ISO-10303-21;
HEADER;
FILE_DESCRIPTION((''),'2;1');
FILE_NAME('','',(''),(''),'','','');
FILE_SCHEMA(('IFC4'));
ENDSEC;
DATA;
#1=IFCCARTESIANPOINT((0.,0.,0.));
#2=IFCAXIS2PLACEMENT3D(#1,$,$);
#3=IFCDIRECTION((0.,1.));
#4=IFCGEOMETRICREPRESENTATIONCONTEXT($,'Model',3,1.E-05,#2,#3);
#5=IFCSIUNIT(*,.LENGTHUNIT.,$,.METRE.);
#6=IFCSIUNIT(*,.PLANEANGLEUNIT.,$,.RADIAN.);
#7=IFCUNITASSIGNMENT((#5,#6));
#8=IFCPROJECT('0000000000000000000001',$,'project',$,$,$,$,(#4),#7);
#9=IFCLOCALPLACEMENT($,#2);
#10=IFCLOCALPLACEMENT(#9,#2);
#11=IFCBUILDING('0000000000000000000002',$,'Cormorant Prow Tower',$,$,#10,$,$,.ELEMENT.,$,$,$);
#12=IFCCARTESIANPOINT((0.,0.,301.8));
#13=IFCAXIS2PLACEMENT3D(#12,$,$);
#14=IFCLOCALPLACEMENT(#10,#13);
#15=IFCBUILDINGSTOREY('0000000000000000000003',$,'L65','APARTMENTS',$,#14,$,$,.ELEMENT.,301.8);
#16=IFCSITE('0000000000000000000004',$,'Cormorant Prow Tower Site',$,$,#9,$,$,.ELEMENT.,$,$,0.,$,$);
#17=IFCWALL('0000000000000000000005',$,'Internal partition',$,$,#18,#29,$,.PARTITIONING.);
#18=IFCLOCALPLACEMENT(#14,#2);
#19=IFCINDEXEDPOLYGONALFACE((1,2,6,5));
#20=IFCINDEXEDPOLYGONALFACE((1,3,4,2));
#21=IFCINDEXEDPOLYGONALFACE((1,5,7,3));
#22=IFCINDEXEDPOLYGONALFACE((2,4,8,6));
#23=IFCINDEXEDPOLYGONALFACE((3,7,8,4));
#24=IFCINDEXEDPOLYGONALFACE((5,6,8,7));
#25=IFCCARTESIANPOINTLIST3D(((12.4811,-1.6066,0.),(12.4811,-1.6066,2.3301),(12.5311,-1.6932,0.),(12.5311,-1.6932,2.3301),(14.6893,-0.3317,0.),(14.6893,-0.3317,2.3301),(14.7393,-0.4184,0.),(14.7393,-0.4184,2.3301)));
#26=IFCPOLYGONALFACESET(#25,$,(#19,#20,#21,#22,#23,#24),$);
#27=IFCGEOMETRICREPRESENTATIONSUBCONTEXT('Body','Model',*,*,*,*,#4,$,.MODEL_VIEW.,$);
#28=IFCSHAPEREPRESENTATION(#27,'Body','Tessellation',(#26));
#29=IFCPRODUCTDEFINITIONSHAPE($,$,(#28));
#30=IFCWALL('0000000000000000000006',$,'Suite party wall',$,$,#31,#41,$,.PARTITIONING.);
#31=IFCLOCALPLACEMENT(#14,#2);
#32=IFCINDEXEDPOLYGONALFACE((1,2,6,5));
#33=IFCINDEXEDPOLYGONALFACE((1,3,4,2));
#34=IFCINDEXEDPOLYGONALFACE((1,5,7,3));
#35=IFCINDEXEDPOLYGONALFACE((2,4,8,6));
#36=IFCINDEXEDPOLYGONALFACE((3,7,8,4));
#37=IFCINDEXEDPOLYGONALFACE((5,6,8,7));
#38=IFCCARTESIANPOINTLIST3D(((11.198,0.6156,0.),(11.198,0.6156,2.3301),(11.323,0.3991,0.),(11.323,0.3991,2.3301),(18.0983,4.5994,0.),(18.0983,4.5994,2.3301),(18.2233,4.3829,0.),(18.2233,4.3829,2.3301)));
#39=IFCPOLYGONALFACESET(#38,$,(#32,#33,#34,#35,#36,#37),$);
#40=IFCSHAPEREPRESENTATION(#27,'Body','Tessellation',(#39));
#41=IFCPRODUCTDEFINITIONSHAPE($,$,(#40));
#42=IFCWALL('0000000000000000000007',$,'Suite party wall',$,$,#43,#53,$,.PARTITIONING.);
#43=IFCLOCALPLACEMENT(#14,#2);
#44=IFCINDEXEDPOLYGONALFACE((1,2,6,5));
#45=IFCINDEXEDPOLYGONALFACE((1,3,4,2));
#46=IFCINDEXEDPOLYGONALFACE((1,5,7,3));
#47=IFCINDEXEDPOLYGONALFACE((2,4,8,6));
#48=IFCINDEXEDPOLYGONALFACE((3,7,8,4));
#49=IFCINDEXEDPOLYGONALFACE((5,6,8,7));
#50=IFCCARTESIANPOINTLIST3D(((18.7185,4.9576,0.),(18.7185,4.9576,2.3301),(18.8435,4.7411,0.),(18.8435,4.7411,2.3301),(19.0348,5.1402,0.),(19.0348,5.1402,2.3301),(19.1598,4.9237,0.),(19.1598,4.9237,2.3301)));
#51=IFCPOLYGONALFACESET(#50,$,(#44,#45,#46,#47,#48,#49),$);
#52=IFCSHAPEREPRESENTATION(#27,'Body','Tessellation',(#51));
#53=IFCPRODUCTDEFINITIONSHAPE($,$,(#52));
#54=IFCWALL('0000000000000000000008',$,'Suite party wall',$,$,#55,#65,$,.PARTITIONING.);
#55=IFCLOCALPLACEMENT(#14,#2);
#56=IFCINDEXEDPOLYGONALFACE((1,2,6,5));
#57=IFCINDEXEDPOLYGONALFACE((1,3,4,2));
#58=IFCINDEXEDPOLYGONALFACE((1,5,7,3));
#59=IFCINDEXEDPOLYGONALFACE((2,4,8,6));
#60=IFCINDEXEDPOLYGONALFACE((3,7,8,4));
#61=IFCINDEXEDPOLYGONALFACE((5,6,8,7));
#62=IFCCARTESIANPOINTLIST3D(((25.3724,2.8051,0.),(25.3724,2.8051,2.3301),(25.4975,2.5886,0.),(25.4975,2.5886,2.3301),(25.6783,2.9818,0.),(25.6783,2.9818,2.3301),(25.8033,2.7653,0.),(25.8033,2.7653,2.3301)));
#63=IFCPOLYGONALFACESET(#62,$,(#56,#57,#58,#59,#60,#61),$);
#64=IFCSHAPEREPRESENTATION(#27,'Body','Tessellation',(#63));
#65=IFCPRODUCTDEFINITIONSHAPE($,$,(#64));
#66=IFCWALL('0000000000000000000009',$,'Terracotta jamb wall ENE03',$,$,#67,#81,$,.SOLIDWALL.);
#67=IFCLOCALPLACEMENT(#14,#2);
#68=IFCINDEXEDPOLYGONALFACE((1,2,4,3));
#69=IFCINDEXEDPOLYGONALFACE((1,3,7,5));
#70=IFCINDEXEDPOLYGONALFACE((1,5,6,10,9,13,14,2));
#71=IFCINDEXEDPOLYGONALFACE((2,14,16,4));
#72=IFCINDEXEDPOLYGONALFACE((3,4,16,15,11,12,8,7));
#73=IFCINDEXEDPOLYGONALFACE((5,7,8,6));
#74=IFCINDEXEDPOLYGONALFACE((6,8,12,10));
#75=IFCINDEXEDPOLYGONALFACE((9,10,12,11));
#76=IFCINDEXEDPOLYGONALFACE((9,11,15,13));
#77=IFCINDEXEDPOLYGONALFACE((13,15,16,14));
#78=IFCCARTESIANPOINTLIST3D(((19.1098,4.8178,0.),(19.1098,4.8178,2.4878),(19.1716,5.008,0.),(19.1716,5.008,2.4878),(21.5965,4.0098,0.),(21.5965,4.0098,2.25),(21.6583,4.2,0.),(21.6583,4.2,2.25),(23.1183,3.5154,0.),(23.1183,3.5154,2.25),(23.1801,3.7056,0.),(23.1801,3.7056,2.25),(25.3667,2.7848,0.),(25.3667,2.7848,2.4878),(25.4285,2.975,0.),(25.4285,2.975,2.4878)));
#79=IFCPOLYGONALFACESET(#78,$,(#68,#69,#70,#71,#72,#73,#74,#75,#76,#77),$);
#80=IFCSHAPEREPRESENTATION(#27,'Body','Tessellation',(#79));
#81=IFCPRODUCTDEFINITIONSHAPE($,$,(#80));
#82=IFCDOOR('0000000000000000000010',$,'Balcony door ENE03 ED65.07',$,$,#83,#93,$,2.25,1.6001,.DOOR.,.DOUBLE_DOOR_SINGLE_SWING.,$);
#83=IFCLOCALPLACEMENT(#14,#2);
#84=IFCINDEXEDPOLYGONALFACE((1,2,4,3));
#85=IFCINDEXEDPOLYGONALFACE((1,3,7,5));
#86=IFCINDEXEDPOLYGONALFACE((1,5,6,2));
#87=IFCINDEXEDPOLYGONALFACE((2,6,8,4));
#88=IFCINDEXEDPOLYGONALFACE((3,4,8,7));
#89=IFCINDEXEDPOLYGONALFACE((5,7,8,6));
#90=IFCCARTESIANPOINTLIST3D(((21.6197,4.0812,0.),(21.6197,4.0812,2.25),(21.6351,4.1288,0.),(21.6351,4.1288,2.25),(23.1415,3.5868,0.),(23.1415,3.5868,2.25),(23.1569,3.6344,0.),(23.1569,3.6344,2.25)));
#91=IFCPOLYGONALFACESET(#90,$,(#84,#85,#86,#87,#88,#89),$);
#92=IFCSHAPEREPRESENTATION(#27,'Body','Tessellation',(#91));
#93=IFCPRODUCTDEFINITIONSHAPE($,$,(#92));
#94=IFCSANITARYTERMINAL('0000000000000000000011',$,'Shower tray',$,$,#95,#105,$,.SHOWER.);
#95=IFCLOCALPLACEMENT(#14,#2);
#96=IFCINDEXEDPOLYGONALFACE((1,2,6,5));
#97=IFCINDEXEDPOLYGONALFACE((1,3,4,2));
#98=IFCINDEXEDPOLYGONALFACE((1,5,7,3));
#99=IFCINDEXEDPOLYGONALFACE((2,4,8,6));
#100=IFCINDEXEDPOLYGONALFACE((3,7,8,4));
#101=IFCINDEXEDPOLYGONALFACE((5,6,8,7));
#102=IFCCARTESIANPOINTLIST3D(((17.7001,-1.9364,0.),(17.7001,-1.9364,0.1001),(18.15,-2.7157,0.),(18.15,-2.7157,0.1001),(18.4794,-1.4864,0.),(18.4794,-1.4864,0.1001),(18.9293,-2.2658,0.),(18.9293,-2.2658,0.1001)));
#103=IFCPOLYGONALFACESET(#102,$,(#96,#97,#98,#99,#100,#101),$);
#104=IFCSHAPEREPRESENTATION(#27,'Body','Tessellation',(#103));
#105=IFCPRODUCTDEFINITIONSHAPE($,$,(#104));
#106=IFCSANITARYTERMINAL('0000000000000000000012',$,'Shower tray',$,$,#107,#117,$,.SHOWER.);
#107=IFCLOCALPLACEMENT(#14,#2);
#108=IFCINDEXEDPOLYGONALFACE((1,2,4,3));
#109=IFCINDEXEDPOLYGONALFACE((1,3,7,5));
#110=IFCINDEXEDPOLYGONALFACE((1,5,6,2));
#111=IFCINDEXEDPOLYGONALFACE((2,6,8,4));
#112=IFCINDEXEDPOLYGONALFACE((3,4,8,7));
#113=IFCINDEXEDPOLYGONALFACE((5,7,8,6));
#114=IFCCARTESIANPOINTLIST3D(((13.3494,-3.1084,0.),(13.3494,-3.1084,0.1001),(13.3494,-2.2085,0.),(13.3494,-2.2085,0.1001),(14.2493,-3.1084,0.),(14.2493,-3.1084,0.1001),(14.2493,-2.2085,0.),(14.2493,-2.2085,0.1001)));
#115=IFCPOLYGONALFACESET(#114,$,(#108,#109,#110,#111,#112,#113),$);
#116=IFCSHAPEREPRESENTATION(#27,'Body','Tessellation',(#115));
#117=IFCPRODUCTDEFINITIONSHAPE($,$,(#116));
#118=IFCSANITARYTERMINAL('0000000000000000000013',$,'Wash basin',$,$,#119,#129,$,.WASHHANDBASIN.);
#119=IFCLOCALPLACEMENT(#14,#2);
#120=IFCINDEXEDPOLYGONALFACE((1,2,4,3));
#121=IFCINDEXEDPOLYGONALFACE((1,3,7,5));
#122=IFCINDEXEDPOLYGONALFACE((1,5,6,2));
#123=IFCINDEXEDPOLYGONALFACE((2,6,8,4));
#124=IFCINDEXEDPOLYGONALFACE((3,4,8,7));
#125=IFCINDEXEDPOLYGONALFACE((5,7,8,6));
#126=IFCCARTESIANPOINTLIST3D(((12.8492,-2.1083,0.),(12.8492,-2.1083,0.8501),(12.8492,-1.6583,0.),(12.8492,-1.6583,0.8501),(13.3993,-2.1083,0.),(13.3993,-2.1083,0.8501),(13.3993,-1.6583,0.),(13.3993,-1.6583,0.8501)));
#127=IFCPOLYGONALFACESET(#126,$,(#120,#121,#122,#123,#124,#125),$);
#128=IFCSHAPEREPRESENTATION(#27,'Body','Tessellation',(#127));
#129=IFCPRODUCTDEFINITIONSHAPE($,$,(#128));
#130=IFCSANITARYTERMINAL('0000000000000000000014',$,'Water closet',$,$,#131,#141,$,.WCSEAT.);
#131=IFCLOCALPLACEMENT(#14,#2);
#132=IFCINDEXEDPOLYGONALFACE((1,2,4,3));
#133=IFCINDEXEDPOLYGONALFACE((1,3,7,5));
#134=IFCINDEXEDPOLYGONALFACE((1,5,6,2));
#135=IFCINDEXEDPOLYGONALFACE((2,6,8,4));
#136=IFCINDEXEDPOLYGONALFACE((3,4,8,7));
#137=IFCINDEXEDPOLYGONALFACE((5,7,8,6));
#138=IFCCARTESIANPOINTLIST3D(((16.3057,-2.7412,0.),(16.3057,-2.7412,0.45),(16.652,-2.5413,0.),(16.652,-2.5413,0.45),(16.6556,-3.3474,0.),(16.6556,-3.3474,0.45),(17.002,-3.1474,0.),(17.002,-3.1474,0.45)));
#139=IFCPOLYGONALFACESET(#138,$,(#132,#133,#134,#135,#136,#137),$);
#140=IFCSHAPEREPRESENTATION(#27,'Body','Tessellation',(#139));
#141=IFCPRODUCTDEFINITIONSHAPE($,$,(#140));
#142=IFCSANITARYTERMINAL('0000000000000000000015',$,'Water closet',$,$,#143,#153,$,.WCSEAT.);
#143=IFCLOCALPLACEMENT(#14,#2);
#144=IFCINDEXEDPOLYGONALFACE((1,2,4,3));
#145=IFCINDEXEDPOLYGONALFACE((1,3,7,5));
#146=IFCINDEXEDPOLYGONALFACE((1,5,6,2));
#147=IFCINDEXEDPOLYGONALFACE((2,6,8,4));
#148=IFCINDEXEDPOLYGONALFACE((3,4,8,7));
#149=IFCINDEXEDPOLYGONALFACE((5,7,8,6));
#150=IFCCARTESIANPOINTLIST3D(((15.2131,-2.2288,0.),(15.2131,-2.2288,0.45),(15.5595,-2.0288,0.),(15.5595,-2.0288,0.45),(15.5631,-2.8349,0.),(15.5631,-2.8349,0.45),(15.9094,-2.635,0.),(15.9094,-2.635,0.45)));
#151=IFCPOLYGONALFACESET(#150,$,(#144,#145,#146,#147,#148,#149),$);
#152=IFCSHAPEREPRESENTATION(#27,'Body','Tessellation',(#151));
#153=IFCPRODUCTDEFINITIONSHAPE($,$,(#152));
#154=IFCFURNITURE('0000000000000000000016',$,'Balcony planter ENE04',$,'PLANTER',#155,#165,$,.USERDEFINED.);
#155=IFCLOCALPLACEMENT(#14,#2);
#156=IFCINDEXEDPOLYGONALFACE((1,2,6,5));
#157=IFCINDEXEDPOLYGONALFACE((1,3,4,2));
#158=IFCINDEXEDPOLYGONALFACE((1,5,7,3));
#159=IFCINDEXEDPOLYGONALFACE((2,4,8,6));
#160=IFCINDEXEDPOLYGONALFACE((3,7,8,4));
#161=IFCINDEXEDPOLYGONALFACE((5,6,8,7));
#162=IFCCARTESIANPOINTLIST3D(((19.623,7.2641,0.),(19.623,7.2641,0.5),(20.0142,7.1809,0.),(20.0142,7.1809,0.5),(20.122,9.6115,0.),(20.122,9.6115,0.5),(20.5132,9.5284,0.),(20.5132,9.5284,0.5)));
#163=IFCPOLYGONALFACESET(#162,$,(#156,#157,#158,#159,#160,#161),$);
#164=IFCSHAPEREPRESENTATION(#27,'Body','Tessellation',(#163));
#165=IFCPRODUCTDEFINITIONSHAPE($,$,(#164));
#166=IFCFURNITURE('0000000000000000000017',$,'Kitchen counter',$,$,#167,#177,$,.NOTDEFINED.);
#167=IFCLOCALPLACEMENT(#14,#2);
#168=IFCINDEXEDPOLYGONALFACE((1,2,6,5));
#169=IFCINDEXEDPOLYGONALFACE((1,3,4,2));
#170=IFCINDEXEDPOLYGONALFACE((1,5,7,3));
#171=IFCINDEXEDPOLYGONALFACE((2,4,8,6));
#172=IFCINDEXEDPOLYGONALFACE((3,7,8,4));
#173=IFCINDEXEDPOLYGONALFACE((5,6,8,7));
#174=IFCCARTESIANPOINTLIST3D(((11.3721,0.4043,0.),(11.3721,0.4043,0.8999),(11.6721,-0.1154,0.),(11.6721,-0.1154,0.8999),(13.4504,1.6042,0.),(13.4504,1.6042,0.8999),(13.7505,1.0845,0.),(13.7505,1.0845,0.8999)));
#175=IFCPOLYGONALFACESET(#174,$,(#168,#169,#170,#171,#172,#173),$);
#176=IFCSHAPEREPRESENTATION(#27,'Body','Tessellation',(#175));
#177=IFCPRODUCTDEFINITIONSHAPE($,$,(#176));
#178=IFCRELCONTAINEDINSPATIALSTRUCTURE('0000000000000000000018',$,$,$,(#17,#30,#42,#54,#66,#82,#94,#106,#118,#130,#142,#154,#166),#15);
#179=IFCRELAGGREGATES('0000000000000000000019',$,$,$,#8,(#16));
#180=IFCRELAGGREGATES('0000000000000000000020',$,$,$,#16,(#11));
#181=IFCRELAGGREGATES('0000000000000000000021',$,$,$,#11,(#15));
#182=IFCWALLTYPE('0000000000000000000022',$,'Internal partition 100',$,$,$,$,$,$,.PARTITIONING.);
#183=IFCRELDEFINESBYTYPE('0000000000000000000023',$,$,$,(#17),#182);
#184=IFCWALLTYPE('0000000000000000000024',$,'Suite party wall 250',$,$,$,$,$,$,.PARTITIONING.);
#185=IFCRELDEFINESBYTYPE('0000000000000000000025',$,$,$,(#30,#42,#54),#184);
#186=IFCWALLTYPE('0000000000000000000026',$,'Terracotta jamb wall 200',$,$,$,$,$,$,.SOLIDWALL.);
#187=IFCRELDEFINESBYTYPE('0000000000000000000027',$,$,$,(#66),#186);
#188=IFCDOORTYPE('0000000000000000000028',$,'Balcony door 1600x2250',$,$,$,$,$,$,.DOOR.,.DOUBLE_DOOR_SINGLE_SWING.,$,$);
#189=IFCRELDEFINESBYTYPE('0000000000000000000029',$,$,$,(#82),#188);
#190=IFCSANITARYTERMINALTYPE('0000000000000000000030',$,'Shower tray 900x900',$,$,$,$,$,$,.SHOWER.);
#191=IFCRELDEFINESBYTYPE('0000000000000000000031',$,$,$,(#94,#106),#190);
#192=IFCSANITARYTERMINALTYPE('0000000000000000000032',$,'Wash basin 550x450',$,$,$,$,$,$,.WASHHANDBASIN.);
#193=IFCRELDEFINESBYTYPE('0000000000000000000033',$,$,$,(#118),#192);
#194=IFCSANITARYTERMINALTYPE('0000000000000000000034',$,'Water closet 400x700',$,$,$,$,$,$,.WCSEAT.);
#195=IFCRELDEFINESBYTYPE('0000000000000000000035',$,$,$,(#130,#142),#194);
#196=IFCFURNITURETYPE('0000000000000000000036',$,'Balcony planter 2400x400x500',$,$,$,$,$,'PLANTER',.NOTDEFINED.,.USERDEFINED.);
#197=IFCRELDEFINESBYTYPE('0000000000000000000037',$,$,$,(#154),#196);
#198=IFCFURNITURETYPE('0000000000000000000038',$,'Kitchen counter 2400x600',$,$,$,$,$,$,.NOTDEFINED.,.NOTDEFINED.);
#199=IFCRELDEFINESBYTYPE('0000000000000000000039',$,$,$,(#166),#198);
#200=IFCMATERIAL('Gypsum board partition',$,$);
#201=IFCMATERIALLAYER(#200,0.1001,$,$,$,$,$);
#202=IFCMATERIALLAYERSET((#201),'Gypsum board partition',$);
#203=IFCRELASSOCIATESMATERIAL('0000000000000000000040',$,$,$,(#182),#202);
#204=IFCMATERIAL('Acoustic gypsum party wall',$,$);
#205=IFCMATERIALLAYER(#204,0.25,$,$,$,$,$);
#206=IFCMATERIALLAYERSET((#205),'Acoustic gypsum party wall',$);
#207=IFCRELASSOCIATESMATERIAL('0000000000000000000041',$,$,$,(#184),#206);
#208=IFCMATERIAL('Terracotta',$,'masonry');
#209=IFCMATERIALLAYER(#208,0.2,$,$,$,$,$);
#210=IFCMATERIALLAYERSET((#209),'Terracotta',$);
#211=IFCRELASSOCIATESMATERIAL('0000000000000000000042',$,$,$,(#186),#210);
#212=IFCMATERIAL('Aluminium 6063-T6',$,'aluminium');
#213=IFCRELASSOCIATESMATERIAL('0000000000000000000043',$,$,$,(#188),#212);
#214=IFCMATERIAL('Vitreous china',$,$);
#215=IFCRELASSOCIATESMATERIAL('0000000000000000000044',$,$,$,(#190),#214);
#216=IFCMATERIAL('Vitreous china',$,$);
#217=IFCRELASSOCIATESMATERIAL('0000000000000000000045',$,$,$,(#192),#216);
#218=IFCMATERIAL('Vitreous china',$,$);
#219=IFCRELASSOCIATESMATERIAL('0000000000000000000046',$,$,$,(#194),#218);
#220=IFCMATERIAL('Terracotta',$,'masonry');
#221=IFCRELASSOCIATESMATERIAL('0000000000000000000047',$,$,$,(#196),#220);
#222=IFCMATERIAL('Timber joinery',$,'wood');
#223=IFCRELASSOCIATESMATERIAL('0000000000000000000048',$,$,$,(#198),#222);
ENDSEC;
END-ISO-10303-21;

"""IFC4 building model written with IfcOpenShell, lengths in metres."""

from ifc_helpers import new_model, si_unit, direction, frame, frame_2d, origin, origin_2d, place, context, subcontext, project, spatial, rectangle, extrude, material, layer, layer_set, type_object, element, fill, save


model = new_model("IFC4")

# Units and contexts
model_context = context("Model", 3, precision=1e-05, world=origin(), true_north=direction((0.0, 1.0)))
body_context = subcontext(model_context, "Body", "Model", "MODEL_VIEW")
ifc_project = project(units=[si_unit("LENGTHUNIT", "METRE"), si_unit("PLANEANGLEUNIT", "RADIAN")], contexts=[model_context])

# Site, building, storey
site_placement = place(None, origin())
site = spatial("IfcSite", under=ifc_project, at=site_placement, Name="Cormorant Prow Tower Site", CompositionType="ELEMENT", RefElevation=0.0)
building_placement = place(site_placement, origin())
building = spatial("IfcBuilding", under=site, at=building_placement, Name="Cormorant Prow Tower", CompositionType="ELEMENT")
storey_placement = place(building_placement, frame((0.0, 0.0, 301.8)))
storey = spatial("IfcBuildingStorey", under=building, at=storey_placement, Name="L65", Description="APARTMENTS", CompositionType="ELEMENT", Elevation=301.8)

# Shared definitions
ifc_material_1 = material(Name="Gypsum board partition")
ifc_layer_1 = layer(ifc_material_1, 0.1001)
ifc_layer_set_1 = layer_set([ifc_layer_1], Name="Gypsum board partition")
wall_type_1 = type_object("IfcWallType", Name="Internal partition 100", PredefinedType="PARTITIONING", material=ifc_layer_set_1)

# Walls
wall_1_placement = place(storey_placement, frame((12.5061, -1.6499, 0.0), z_axis=(0.0, 0.0, 1.0), x_axis=(0.866031, 0.49999, 0.0)))
element("IfcWall", 1, at=wall_1_placement, inside=storey, type_object=wall_type_1, Name="Internal partition", PredefinedType="PARTITIONING", context=body_context, shape_type="SweptSolid", body=[
    extrude(rectangle(XDim=2.5498, YDim=0.1001, at=frame_2d((1.2749, 0.0))), origin(), (0.0, 0.0, 1.0), 2.3301),
])
ifc_material_2 = material(Name="Acoustic gypsum party wall")
ifc_layer_2 = layer(ifc_material_2, 0.25)
ifc_layer_set_2 = layer_set([ifc_layer_2], Name="Acoustic gypsum party wall")
wall_type_2 = type_object("IfcWallType", Name="Suite party wall 250", PredefinedType="PARTITIONING", material=ifc_layer_set_2)
wall_2_placement = place(storey_placement, frame((11.2605, 0.5073, 0.0), z_axis=(0.0, 0.0, 1.0), x_axis=(0.866028, 0.499995, 0.0)))
element("IfcWall", 2, at=wall_2_placement, inside=storey, type_object=wall_type_2, Name="Suite party wall", PredefinedType="PARTITIONING", context=body_context, shape_type="SweptSolid", body=[
    extrude(rectangle(XDim=7.9678, YDim=0.25, at=frame_2d((3.9839, 0.0))), origin(), (0.0, 0.0, 1.0), 2.3301),
])
wall_3_placement = place(storey_placement, frame((18.781, 4.8494, 0.0), z_axis=(0.0, 0.0, 1.0), x_axis=(0.866097, 0.499877, 0.0)))
element("IfcWall", 3, at=wall_3_placement, inside=storey, type_object=wall_type_2, Name="Suite party wall", PredefinedType="PARTITIONING", context=body_context, shape_type="SweptSolid", body=[
    extrude(rectangle(XDim=0.3652, YDim=0.25, at=frame_2d((0.1826, 0.0))), origin(), (0.0, 0.0, 1.0), 2.3301),
])
wall_4_placement = place(storey_placement, frame((25.4348, 2.6968, 0.0), z_axis=(0.0, 0.0, 1.0), x_axis=(0.865852, 0.500301, 0.0)))
element("IfcWall", 4, at=wall_4_placement, inside=storey, type_object=wall_type_2, Name="Suite party wall", PredefinedType="PARTITIONING", context=body_context, shape_type="SweptSolid", body=[
    extrude(rectangle(XDim=0.3533, YDim=0.25, at=frame_2d((0.1768, 0.0))), origin(), (0.0, 0.0, 1.0), 2.3301),
])

# Wall, opening, door
ifc_material_3 = material(Name="Terracotta", Category="masonry")
ifc_layer_3 = layer(ifc_material_3, 0.2)
ifc_layer_set_3 = layer_set([ifc_layer_3], Name="Terracotta")
wall_type_3 = type_object("IfcWallType", Name="Terracotta jamb wall 200", PredefinedType="SOLIDWALL", material=ifc_layer_set_3)
wall_5_placement = place(storey_placement, frame((25.3977, 2.8799, 0.0), z_axis=(0.0, 0.0, 1.0), x_axis=(-0.951057, 0.309016, 0.0)))
wall_5 = element("IfcWall", 5, at=wall_5_placement, inside=storey, type_object=wall_type_3, Name="Terracotta jamb wall ENE03", PredefinedType="SOLIDWALL", context=body_context, shape_type="SweptSolid", body=[
    extrude(rectangle(XDim=6.5789, YDim=0.2, at=frame_2d((3.2896, 0.0))), origin(), (0.0, 0.0, 1.0), 2.4878),
])
opening_1_placement = place(wall_5_placement, frame((2.3643, 0.0, 0.0)))
opening_1 = element("IfcOpeningElement", 6, at=opening_1_placement, cuts=wall_5, PredefinedType="OPENING", context=body_context, shape_type="SweptSolid", body=[
    extrude(rectangle(XDim=1.6001, YDim=2.25, at=frame_2d((0.8, 1.125))), frame((0.0, 0.1099, 0.0), z_axis=(0.0, -1.0, 0.0), x_axis=(1.0, 0.0, 0.0)), (0.0, 0.0, 1.0), 0.22),
])
ifc_material_4 = material(Name="Aluminium 6063-T6", Category="aluminium")
door_type_1 = type_object("IfcDoorType", Name="Balcony door 1600x2250", OperationType="DOUBLE_DOOR_SINGLE_SWING", PredefinedType="DOOR", material=ifc_material_4)
door_1_placement = place(opening_1_placement, origin())
door_1 = element("IfcDoor", 7, at=door_1_placement, inside=storey, type_object=door_type_1, Name="Balcony door ENE03 ED65.07", OperationType="DOUBLE_DOOR_SINGLE_SWING", OverallHeight=2.25, OverallWidth=1.6001, PredefinedType="DOOR", context=body_context, shape_type="SweptSolid", body=[
    extrude(rectangle(XDim=1.6001, YDim=2.25, at=frame_2d((0.8, 1.125))), frame((0.0, 0.0249, 0.0), z_axis=(0.0, -1.0, 0.0), x_axis=(1.0, 0.0, 0.0)), (0.0, 0.0, 1.0), 0.05),
])
fill(opening_1, door_1)

# Sanitary terminals
ifc_material_5 = material(Name="Vitreous china")
sanitary_terminal_type_1 = type_object("IfcSanitaryTerminalType", Name="Shower tray 900x900", PredefinedType="SHOWER", material=ifc_material_5)
for number, where, z_axis, x_axis, name in (
    (8, (18.3147, -2.1011, 0.0), (0.0, 0.0, 1.0), (0.5, -0.866025, 0.0), "Shower tray"),
    (9, (13.7993, -2.6584, 0.0), (0.0, 0.0, 1.0), (1.0, 0.0, 0.0), "Shower tray"),
):
    element("IfcSanitaryTerminal", number, at=place(storey_placement, frame(where, z_axis=z_axis, x_axis=x_axis)), inside=storey, type_object=sanitary_terminal_type_1, Name=name, PredefinedType="SHOWER", context=body_context, shape_type="SweptSolid", body=[
        extrude(rectangle(XDim=0.8999, YDim=0.8999, at=origin_2d()), origin(), (0.0, 0.0, 1.0), 0.1001),
    ])
ifc_material_6 = material(Name="Vitreous china")
sanitary_terminal_type_2 = type_object("IfcSanitaryTerminalType", Name="Wash basin 550x450", PredefinedType="WASHHANDBASIN", material=ifc_material_6)
sanitary_terminal_placement = place(storey_placement, frame((13.1243, -1.8833, 0.0), z_axis=(0.0, 0.0, 1.0), x_axis=(1.0, 0.0, 0.0)))
element("IfcSanitaryTerminal", 10, at=sanitary_terminal_placement, inside=storey, type_object=sanitary_terminal_type_2, Name="Wash basin", PredefinedType="WASHHANDBASIN", context=body_context, shape_type="SweptSolid", body=[
    extrude(rectangle(XDim=0.55, YDim=0.45, at=origin_2d()), origin(), (0.0, 0.0, 1.0), 0.8501),
])
ifc_material_7 = material(Name="Vitreous china")
sanitary_terminal_type_3 = type_object("IfcSanitaryTerminalType", Name="Water closet 400x700", PredefinedType="WCSEAT", material=ifc_material_7)
for number, where, z_axis, x_axis, name in (
    (11, (16.6538, -2.9443, 0.0), (0.0, 0.0, 1.0), (0.866025, 0.5, 0.0), "Water closet"),
    (12, (15.5613, -2.4319, 0.0), (0.0, 0.0, 1.0), (-0.866025, -0.5, 0.0), "Water closet"),
):
    element("IfcSanitaryTerminal", number, at=place(storey_placement, frame(where, z_axis=z_axis, x_axis=x_axis)), inside=storey, type_object=sanitary_terminal_type_3, Name=name, PredefinedType="WCSEAT", context=body_context, shape_type="SweptSolid", body=[
        extrude(rectangle(XDim=0.3999, YDim=0.7, at=origin_2d()), origin(), (0.0, 0.0, 1.0), 0.45),
    ])

# Furniture
ifc_material_8 = material(Name="Terracotta", Category="masonry")
furniture_type_1 = type_object("IfcFurnitureType", Name="Balcony planter 2400x400x500", ElementType="PLANTER", AssemblyPlace="NOTDEFINED", PredefinedType="USERDEFINED", material=ifc_material_8)
furniture_1_placement = place(storey_placement, frame((20.0681, 8.3962, 0.0), z_axis=(0.0, 0.0, 1.0), x_axis=(0.207912, 0.978148, 0.0)))
element("IfcFurniture", 13, at=furniture_1_placement, inside=storey, type_object=furniture_type_1, Name="Balcony planter ENE04", ObjectType="PLANTER", PredefinedType="USERDEFINED", context=body_context, shape_type="SweptSolid", body=[
    extrude(rectangle(XDim=2.3999, YDim=0.3999, at=origin_2d()), origin(), (0.0, 0.0, 1.0), 0.5),
])
ifc_material_9 = material(Name="Timber joinery", Category="wood")
furniture_type_2 = type_object("IfcFurnitureType", Name="Kitchen counter 2400x600", AssemblyPlace="NOTDEFINED", PredefinedType="NOTDEFINED", material=ifc_material_9)
furniture_2_placement = place(storey_placement, frame((12.5613, 0.7444, 0.0), z_axis=(0.0, 0.0, 1.0), x_axis=(0.866025, 0.5, 0.0)))
element("IfcFurniture", 14, at=furniture_2_placement, inside=storey, type_object=furniture_type_2, Name="Kitchen counter", PredefinedType="NOTDEFINED", context=body_context, shape_type="SweptSolid", body=[
    extrude(rectangle(XDim=2.3999, YDim=0.6001, at=origin_2d()), origin(), (0.0, 0.0, 1.0), 0.8999),
])

save(model, "model.ifc")
